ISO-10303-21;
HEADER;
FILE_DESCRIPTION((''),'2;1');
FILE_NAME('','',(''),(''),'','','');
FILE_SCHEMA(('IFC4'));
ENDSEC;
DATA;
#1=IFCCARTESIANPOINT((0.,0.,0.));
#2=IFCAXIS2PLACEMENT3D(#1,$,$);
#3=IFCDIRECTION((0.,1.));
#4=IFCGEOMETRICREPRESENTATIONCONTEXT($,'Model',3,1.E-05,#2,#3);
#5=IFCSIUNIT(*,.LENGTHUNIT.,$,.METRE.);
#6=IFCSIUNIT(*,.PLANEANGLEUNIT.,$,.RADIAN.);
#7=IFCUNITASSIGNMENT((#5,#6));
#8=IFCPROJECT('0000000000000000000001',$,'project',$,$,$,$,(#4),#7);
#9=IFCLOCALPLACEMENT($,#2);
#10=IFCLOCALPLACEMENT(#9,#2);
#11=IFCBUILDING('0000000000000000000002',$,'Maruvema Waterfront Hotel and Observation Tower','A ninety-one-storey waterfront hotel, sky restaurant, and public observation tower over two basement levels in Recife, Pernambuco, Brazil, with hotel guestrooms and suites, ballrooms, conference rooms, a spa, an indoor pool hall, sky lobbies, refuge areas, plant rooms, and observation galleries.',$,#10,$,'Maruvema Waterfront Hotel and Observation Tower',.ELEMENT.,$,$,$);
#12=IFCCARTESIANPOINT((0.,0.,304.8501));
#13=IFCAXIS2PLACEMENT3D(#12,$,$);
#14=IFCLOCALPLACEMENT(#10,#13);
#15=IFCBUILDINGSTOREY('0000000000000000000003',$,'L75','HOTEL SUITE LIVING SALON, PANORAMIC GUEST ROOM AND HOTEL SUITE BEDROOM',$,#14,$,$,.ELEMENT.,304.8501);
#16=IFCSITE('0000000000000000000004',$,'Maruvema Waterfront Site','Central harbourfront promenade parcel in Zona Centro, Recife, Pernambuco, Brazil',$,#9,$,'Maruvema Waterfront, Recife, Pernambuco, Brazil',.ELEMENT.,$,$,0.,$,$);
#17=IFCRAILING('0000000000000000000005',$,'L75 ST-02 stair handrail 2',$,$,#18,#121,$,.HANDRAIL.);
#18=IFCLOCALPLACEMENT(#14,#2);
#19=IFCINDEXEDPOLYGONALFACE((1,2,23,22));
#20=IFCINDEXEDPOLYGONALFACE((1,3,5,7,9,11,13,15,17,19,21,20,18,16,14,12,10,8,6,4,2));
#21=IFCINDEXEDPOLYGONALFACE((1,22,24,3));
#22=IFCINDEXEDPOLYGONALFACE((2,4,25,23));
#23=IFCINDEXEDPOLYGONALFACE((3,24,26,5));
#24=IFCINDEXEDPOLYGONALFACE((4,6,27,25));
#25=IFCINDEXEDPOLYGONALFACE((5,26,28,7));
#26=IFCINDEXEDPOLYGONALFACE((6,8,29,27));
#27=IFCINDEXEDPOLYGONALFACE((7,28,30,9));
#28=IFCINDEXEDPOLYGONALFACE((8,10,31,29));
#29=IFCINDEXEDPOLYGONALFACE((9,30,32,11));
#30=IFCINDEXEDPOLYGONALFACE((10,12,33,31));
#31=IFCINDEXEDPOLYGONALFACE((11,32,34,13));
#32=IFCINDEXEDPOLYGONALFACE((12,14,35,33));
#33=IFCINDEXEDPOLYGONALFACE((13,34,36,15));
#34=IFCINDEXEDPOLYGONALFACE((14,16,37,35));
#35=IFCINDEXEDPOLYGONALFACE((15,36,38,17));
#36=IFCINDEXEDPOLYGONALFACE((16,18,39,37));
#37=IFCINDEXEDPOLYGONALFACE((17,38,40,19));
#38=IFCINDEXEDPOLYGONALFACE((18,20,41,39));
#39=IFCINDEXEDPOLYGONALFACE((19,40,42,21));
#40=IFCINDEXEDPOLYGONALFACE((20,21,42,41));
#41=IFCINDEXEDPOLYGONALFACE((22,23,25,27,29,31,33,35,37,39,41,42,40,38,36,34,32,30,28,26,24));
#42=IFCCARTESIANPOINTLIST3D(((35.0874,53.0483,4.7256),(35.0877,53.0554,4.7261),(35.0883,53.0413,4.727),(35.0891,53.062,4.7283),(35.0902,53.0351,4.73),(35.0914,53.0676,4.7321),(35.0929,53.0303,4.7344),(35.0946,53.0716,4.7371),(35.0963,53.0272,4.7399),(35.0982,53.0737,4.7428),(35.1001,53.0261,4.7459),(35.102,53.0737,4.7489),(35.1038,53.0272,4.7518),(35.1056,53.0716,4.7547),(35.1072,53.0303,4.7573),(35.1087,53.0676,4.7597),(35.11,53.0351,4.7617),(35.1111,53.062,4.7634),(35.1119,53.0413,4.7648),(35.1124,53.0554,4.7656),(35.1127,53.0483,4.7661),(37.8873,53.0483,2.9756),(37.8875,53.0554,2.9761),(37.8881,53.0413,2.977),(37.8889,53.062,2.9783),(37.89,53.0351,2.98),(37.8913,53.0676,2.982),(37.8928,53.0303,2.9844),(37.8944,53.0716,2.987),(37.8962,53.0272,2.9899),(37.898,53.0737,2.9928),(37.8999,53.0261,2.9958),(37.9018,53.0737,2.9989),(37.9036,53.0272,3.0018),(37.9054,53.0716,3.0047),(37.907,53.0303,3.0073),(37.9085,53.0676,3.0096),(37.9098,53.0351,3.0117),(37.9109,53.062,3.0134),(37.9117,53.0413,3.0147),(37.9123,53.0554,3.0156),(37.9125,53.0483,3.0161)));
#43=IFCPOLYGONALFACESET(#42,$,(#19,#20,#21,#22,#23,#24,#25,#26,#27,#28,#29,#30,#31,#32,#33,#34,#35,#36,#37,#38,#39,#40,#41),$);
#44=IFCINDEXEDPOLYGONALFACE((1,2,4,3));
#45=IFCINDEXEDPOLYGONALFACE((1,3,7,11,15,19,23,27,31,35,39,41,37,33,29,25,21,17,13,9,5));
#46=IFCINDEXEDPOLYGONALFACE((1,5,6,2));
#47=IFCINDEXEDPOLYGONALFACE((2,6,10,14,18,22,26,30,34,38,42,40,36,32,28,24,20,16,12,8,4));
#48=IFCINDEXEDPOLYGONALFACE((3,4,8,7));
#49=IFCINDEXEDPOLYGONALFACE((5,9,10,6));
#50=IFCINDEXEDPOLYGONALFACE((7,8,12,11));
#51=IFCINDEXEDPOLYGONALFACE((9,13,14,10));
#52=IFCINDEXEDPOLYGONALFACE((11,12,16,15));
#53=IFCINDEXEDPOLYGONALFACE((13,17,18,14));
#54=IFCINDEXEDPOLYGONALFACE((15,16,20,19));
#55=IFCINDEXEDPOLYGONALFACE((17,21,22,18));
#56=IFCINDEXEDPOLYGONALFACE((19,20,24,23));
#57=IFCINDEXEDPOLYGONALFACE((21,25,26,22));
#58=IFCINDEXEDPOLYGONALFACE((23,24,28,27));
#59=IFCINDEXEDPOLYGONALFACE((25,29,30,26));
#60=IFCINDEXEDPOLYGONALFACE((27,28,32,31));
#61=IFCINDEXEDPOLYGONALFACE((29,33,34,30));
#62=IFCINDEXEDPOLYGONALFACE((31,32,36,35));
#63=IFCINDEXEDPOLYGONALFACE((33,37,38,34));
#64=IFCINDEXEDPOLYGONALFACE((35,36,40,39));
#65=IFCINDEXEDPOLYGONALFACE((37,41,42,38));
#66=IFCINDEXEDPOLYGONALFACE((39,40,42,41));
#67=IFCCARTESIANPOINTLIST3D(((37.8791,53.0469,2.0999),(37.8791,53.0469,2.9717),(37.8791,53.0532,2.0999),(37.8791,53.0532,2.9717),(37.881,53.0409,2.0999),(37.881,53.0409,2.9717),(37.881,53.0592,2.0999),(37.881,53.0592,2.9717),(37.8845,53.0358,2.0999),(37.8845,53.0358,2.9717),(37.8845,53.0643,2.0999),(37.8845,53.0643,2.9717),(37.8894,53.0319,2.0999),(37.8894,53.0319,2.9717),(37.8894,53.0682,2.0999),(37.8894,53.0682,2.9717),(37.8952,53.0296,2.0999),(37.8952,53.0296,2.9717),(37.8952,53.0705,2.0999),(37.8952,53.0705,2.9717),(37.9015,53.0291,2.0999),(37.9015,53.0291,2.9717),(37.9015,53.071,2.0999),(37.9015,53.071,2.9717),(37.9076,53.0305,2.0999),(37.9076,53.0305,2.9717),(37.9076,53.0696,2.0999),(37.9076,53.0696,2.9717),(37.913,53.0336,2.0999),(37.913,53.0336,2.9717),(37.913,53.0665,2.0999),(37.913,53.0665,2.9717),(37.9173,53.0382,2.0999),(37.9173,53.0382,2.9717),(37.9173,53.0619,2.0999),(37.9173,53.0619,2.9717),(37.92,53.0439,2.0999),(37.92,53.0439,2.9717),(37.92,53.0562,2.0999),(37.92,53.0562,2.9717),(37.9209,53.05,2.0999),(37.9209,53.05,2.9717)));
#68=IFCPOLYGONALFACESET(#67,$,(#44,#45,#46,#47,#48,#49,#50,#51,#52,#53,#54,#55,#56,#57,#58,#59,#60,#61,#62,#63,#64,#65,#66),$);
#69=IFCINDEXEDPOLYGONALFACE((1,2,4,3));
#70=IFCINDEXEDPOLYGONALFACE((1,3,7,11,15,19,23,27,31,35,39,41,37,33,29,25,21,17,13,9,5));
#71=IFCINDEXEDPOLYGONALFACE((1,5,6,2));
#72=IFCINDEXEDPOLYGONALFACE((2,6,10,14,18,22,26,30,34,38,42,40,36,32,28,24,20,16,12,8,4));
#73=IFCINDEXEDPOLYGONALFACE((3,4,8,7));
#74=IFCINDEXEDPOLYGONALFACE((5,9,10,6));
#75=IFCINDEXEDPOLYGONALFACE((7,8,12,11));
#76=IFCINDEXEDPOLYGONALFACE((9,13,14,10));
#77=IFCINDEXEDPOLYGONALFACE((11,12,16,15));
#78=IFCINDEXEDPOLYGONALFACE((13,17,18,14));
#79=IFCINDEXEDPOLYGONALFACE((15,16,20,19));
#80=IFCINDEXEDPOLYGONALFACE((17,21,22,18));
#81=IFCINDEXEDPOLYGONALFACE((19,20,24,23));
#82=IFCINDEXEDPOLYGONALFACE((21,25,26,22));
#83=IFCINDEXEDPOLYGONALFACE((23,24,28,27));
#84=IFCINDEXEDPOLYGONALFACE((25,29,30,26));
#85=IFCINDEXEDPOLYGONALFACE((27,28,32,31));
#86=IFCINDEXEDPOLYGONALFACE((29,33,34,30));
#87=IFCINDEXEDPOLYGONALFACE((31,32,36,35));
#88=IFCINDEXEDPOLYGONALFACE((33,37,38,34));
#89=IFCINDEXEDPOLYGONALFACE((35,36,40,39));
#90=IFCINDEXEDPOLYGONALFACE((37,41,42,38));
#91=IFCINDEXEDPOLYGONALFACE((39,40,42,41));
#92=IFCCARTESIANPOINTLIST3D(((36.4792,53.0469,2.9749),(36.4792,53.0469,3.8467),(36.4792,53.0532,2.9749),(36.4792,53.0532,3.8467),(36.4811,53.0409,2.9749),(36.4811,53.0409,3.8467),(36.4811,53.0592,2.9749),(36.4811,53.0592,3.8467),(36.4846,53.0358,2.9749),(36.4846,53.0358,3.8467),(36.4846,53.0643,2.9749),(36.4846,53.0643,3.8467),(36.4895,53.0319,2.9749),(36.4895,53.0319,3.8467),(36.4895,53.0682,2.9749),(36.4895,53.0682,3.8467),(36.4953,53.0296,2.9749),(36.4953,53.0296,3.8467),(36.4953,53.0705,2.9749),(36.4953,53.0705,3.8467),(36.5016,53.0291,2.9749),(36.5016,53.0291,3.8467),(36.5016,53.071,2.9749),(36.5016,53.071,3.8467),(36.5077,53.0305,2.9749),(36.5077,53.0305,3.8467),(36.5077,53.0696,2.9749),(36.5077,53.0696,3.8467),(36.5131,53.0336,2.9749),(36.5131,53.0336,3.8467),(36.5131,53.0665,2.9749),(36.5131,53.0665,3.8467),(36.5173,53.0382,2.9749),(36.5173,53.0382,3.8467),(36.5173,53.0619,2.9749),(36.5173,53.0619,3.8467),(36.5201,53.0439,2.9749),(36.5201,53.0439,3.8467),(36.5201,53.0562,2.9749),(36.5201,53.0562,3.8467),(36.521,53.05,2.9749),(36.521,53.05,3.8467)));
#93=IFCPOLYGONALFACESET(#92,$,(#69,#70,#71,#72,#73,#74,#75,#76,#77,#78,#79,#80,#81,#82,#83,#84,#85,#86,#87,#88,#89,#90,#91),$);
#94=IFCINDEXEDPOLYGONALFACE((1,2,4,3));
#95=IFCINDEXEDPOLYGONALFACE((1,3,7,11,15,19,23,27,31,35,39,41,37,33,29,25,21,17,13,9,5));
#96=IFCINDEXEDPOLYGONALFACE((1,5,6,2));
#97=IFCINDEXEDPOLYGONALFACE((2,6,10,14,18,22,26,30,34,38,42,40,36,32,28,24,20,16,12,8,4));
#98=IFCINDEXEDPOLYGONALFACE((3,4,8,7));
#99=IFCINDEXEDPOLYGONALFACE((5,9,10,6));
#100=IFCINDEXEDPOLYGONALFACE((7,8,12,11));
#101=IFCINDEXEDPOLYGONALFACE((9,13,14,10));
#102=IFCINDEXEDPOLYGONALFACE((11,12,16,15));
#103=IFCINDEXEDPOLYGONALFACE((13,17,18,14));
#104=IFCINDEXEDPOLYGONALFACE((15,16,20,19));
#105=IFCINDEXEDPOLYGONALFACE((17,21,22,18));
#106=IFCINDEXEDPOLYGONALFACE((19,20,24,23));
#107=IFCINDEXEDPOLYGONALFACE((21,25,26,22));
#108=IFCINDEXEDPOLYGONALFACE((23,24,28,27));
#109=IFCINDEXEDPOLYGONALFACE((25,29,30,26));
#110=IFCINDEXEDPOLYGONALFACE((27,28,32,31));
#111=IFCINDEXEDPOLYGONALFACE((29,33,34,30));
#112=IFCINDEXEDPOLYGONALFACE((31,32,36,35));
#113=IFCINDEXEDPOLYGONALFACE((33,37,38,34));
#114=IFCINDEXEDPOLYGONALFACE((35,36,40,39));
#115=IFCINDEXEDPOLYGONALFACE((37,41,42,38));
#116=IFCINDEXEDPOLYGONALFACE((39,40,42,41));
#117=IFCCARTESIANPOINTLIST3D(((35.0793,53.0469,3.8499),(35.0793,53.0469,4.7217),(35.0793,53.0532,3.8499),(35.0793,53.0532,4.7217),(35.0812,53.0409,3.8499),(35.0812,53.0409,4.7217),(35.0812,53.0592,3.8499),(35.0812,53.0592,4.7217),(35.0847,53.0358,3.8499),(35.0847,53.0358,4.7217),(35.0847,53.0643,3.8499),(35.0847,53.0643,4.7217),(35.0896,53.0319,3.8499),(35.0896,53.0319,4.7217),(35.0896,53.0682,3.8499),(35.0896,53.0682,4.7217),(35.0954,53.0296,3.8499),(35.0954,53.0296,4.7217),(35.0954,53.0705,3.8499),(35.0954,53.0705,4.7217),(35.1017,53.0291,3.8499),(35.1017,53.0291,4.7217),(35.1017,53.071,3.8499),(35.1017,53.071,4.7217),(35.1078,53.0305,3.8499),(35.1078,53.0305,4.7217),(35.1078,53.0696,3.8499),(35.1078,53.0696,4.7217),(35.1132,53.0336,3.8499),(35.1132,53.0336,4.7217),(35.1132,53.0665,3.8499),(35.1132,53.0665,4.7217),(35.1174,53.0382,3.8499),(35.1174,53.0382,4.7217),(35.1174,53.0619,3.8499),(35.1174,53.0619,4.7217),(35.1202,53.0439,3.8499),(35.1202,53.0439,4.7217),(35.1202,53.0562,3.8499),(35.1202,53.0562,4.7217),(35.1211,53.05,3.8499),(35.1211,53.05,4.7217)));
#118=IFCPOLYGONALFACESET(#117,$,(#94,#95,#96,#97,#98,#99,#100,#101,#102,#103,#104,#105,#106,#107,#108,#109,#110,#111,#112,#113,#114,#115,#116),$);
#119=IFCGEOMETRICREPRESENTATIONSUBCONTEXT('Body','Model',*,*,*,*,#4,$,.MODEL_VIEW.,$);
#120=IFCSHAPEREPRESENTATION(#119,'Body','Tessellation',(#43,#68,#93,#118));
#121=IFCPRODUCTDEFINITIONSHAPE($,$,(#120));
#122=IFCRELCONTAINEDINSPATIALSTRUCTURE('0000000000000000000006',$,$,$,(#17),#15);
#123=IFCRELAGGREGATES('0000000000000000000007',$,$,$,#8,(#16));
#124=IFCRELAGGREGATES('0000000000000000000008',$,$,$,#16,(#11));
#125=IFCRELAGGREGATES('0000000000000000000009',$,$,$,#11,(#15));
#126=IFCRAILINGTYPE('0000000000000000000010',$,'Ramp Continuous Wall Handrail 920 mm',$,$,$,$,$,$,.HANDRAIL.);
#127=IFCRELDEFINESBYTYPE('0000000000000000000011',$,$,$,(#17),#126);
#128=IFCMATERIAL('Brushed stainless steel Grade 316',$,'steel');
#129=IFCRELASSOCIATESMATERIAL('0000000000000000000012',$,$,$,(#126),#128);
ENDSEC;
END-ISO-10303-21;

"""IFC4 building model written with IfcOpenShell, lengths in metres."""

from ifc_helpers import new_model, si_unit, direction, frame, origin, origin_2d, place, context, subcontext, project, spatial, circle, extrude, material, type_object, element, save


model = new_model("IFC4")

# Units and contexts
model_context = context("Model", 3, precision=1e-05, world=origin(), true_north=direction((0.0, 1.0)))
body_context = subcontext(model_context, "Body", "Model", "MODEL_VIEW")
ifc_project = project(units=[si_unit("LENGTHUNIT", "METRE"), si_unit("PLANEANGLEUNIT", "RADIAN")], contexts=[model_context])

# Site, building, storey
site_placement = place(None, origin())
site = spatial("IfcSite", under=ifc_project, at=site_placement, Name="Maruvema Waterfront Site", Description="Central harbourfront promenade parcel in Zona Centro, Recife, Pernambuco, Brazil", LongName="Maruvema Waterfront, Recife, Pernambuco, Brazil", CompositionType="ELEMENT", RefElevation=0.0)
building_placement = place(site_placement, origin())
building = spatial("IfcBuilding", under=site, at=building_placement, Name="Maruvema Waterfront Hotel and Observation Tower", Description="A ninety-one-storey waterfront hotel, sky restaurant, and public observation tower over two basement levels in Recife, Pernambuco, Brazil, with hotel guestrooms and suites, ballrooms, conference rooms, a spa, an indoor pool hall, sky lobbies, refuge areas, plant rooms, and observation galleries.", LongName="Maruvema Waterfront Hotel and Observation Tower", CompositionType="ELEMENT")
storey_placement = place(building_placement, frame((0.0, 0.0, 304.8501)))
storey = spatial("IfcBuildingStorey", under=building, at=storey_placement, Name="L75", Description="HOTEL SUITE LIVING SALON, PANORAMIC GUEST ROOM AND HOTEL SUITE BEDROOM", CompositionType="ELEMENT", Elevation=304.8501)

# Railing
ifc_material_1 = material(Name="Brushed stainless steel Grade 316", Category="steel")
railing_type_1 = type_object("IfcRailingType", Name="Ramp Continuous Wall Handrail 920 mm", PredefinedType="HANDRAIL", material=ifc_material_1)
railing_1_placement = place(storey_placement, frame((37.8999, 53.05, 2.0999)))
element("IfcRailing", 1, at=railing_1_placement, inside=storey, type_object=railing_type_1, Name="L75 ST-02 stair handrail 2", PredefinedType="HANDRAIL", context=body_context, shape_type="SweptSolid", body=[
    extrude(circle(Radius=0.0239, at=origin_2d()), frame((0.0, 0.0, 0.896), z_axis=(-0.847982, 0.0, 0.530026), x_axis=(0.0, -1.0, 0.0)), (0.0, 0.0, 1.0), 3.3018),
    extrude(circle(Radius=0.021, at=origin_2d()), origin(), (0.0, 0.0, 1.0), 0.8718),
    extrude(circle(Radius=0.021, at=origin_2d()), frame((-1.3999, 0.0, 0.875)), (0.0, 0.0, 1.0), 0.8718),
    extrude(circle(Radius=0.021, at=origin_2d()), frame((-2.7998, 0.0, 1.75)), (0.0, 0.0, 1.0), 0.8718),
])

save(model, "model.ifc")
